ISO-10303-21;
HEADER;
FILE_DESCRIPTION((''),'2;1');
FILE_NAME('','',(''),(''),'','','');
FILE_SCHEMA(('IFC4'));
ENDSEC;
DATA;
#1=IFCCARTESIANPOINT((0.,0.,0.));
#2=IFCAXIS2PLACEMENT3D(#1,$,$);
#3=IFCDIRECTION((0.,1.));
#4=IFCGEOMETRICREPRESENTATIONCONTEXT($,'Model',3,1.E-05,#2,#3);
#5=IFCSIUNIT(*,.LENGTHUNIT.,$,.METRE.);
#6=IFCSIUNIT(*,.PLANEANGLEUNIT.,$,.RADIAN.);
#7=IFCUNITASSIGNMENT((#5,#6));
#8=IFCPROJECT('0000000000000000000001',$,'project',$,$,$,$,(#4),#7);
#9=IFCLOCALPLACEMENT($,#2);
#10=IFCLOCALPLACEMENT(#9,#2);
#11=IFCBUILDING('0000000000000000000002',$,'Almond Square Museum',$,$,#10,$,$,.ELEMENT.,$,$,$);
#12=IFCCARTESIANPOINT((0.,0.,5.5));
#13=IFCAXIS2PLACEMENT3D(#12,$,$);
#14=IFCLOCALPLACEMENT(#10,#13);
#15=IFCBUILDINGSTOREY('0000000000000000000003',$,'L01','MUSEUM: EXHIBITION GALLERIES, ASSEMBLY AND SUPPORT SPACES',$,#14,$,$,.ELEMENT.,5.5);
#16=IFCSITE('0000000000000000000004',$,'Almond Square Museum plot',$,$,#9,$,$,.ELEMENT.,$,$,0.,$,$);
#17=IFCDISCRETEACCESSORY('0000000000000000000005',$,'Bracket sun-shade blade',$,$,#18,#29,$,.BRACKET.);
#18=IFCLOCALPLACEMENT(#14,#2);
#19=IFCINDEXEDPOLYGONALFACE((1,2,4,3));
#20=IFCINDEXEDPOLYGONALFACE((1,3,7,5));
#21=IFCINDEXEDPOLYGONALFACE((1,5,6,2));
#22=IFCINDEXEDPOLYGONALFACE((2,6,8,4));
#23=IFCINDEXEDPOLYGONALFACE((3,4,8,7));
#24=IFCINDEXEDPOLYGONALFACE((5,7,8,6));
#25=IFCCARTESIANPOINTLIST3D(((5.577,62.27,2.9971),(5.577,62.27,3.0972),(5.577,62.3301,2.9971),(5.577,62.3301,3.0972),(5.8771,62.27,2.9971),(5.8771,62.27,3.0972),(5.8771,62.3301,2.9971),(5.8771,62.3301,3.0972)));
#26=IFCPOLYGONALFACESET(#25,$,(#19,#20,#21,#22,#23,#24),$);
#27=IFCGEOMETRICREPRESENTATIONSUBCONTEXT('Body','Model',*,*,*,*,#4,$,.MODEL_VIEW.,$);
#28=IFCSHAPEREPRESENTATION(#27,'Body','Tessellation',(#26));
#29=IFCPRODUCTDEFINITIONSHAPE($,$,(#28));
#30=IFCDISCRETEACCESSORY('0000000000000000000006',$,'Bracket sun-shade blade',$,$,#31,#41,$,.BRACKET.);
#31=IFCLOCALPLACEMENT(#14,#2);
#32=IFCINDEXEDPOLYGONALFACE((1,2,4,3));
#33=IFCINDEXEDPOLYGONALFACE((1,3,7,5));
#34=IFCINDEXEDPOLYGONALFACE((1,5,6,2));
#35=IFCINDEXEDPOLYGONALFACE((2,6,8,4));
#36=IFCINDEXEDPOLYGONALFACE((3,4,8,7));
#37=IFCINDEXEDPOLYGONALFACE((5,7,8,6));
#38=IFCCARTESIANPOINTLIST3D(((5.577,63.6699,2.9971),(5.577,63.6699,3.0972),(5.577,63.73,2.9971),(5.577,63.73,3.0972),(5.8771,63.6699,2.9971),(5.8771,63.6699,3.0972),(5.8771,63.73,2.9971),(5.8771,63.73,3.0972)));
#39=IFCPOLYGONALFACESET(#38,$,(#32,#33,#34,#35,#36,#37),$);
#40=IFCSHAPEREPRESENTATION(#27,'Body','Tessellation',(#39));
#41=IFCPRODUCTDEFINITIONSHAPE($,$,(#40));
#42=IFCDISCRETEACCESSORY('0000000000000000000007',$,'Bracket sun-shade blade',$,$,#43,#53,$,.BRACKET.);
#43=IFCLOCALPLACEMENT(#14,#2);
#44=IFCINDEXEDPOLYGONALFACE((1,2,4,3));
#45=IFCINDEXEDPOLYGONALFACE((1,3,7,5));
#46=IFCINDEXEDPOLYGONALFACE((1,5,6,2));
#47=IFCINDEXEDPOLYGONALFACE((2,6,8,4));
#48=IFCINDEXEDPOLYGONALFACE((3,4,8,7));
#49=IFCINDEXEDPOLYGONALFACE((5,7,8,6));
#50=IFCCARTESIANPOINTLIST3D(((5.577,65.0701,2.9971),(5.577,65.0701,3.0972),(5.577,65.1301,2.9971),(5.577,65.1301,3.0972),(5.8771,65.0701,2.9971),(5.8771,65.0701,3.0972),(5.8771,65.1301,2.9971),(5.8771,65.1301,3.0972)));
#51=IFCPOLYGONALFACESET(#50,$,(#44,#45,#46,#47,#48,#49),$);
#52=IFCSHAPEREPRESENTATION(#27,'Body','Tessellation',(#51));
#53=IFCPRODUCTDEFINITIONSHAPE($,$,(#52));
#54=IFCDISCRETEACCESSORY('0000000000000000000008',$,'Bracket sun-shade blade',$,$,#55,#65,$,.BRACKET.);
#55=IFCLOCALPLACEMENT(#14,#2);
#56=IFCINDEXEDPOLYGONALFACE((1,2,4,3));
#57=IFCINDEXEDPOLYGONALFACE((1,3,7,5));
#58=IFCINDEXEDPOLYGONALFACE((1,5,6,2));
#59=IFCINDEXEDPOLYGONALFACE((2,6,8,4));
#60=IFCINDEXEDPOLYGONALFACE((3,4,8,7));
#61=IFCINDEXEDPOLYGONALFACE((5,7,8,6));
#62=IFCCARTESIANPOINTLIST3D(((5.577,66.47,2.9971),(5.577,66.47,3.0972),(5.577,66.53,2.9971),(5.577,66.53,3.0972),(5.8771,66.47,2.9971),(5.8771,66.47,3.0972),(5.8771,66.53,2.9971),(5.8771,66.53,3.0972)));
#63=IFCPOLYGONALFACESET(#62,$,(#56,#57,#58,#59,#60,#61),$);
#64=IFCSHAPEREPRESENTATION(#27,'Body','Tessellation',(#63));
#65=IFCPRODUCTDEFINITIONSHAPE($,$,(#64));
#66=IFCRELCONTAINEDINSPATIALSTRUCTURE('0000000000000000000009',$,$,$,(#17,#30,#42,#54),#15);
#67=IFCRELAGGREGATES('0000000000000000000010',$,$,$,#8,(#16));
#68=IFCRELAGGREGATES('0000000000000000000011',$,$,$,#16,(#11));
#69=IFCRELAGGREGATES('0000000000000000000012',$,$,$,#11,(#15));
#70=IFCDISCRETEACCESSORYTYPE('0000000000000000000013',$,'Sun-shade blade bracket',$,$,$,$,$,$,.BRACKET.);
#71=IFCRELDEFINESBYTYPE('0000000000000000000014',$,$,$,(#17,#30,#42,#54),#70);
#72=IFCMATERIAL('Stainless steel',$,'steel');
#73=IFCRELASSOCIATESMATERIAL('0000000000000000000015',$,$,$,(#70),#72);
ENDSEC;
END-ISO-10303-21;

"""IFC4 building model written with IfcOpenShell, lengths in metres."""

from ifc_helpers import new_model, si_unit, direction, frame, origin, origin_2d, place, context, subcontext, project, spatial, rectangle, extrude, material, type_object, element, save


model = new_model("IFC4")

# Units and contexts
model_context = context("Model", 3, precision=1e-05, world=origin(), true_north=direction((0.0, 1.0)))
body_context = subcontext(model_context, "Body", "Model", "MODEL_VIEW")
ifc_project = project(units=[si_unit("LENGTHUNIT", "METRE"), si_unit("PLANEANGLEUNIT", "RADIAN")], contexts=[model_context])

# Site, building, storey
site_placement = place(None, origin())
site = spatial("IfcSite", under=ifc_project, at=site_placement, Name="Almond Square Museum plot", CompositionType="ELEMENT", RefElevation=0.0)
building_placement = place(site_placement, origin())
building = spatial("IfcBuilding", under=site, at=building_placement, Name="Almond Square Museum", CompositionType="ELEMENT")
storey_placement = place(building_placement, frame((0.0, 0.0, 5.5)))
storey = spatial("IfcBuildingStorey", under=building, at=storey_placement, Name="L01", Description="MUSEUM: EXHIBITION GALLERIES, ASSEMBLY AND SUPPORT SPACES", CompositionType="ELEMENT", Elevation=5.5)

# Discrete accessories
ifc_material_1 = material(Name="Stainless steel", Category="steel")
discrete_accessory_type = type_object("IfcDiscreteAccessoryType", Name="Sun-shade blade bracket", PredefinedType="BRACKET", material=ifc_material_1)
for number, where, z_axis, x_axis, name in (
    (1, (5.7271, 62.3, 2.9971), (0.0, 0.0, 1.0), (1.0, 0.0, 0.0), "Bracket sun-shade blade"),
    (2, (5.7271, 63.7, 2.9971), (0.0, 0.0, 1.0), (1.0, 0.0, 0.0), "Bracket sun-shade blade"),
    (3, (5.7271, 65.1001, 2.9971), (0.0, 0.0, 1.0), (1.0, 0.0, 0.0), "Bracket sun-shade blade"),
    (4, (5.7271, 66.5, 2.9971), (0.0, 0.0, 1.0), (1.0, 0.0, 0.0), "Bracket sun-shade blade"),
):
    element("IfcDiscreteAccessory", number, at=place(storey_placement, frame(where, z_axis=z_axis, x_axis=x_axis)), inside=storey, type_object=discrete_accessory_type, Name=name, PredefinedType="BRACKET", context=body_context, shape_type="SweptSolid", body=[
        extrude(rectangle(XDim=0.3, YDim=0.0601, at=origin_2d()), origin(), (0.0, 0.0, 1.0), 0.1001),
    ])

save(model, "model.ifc")
